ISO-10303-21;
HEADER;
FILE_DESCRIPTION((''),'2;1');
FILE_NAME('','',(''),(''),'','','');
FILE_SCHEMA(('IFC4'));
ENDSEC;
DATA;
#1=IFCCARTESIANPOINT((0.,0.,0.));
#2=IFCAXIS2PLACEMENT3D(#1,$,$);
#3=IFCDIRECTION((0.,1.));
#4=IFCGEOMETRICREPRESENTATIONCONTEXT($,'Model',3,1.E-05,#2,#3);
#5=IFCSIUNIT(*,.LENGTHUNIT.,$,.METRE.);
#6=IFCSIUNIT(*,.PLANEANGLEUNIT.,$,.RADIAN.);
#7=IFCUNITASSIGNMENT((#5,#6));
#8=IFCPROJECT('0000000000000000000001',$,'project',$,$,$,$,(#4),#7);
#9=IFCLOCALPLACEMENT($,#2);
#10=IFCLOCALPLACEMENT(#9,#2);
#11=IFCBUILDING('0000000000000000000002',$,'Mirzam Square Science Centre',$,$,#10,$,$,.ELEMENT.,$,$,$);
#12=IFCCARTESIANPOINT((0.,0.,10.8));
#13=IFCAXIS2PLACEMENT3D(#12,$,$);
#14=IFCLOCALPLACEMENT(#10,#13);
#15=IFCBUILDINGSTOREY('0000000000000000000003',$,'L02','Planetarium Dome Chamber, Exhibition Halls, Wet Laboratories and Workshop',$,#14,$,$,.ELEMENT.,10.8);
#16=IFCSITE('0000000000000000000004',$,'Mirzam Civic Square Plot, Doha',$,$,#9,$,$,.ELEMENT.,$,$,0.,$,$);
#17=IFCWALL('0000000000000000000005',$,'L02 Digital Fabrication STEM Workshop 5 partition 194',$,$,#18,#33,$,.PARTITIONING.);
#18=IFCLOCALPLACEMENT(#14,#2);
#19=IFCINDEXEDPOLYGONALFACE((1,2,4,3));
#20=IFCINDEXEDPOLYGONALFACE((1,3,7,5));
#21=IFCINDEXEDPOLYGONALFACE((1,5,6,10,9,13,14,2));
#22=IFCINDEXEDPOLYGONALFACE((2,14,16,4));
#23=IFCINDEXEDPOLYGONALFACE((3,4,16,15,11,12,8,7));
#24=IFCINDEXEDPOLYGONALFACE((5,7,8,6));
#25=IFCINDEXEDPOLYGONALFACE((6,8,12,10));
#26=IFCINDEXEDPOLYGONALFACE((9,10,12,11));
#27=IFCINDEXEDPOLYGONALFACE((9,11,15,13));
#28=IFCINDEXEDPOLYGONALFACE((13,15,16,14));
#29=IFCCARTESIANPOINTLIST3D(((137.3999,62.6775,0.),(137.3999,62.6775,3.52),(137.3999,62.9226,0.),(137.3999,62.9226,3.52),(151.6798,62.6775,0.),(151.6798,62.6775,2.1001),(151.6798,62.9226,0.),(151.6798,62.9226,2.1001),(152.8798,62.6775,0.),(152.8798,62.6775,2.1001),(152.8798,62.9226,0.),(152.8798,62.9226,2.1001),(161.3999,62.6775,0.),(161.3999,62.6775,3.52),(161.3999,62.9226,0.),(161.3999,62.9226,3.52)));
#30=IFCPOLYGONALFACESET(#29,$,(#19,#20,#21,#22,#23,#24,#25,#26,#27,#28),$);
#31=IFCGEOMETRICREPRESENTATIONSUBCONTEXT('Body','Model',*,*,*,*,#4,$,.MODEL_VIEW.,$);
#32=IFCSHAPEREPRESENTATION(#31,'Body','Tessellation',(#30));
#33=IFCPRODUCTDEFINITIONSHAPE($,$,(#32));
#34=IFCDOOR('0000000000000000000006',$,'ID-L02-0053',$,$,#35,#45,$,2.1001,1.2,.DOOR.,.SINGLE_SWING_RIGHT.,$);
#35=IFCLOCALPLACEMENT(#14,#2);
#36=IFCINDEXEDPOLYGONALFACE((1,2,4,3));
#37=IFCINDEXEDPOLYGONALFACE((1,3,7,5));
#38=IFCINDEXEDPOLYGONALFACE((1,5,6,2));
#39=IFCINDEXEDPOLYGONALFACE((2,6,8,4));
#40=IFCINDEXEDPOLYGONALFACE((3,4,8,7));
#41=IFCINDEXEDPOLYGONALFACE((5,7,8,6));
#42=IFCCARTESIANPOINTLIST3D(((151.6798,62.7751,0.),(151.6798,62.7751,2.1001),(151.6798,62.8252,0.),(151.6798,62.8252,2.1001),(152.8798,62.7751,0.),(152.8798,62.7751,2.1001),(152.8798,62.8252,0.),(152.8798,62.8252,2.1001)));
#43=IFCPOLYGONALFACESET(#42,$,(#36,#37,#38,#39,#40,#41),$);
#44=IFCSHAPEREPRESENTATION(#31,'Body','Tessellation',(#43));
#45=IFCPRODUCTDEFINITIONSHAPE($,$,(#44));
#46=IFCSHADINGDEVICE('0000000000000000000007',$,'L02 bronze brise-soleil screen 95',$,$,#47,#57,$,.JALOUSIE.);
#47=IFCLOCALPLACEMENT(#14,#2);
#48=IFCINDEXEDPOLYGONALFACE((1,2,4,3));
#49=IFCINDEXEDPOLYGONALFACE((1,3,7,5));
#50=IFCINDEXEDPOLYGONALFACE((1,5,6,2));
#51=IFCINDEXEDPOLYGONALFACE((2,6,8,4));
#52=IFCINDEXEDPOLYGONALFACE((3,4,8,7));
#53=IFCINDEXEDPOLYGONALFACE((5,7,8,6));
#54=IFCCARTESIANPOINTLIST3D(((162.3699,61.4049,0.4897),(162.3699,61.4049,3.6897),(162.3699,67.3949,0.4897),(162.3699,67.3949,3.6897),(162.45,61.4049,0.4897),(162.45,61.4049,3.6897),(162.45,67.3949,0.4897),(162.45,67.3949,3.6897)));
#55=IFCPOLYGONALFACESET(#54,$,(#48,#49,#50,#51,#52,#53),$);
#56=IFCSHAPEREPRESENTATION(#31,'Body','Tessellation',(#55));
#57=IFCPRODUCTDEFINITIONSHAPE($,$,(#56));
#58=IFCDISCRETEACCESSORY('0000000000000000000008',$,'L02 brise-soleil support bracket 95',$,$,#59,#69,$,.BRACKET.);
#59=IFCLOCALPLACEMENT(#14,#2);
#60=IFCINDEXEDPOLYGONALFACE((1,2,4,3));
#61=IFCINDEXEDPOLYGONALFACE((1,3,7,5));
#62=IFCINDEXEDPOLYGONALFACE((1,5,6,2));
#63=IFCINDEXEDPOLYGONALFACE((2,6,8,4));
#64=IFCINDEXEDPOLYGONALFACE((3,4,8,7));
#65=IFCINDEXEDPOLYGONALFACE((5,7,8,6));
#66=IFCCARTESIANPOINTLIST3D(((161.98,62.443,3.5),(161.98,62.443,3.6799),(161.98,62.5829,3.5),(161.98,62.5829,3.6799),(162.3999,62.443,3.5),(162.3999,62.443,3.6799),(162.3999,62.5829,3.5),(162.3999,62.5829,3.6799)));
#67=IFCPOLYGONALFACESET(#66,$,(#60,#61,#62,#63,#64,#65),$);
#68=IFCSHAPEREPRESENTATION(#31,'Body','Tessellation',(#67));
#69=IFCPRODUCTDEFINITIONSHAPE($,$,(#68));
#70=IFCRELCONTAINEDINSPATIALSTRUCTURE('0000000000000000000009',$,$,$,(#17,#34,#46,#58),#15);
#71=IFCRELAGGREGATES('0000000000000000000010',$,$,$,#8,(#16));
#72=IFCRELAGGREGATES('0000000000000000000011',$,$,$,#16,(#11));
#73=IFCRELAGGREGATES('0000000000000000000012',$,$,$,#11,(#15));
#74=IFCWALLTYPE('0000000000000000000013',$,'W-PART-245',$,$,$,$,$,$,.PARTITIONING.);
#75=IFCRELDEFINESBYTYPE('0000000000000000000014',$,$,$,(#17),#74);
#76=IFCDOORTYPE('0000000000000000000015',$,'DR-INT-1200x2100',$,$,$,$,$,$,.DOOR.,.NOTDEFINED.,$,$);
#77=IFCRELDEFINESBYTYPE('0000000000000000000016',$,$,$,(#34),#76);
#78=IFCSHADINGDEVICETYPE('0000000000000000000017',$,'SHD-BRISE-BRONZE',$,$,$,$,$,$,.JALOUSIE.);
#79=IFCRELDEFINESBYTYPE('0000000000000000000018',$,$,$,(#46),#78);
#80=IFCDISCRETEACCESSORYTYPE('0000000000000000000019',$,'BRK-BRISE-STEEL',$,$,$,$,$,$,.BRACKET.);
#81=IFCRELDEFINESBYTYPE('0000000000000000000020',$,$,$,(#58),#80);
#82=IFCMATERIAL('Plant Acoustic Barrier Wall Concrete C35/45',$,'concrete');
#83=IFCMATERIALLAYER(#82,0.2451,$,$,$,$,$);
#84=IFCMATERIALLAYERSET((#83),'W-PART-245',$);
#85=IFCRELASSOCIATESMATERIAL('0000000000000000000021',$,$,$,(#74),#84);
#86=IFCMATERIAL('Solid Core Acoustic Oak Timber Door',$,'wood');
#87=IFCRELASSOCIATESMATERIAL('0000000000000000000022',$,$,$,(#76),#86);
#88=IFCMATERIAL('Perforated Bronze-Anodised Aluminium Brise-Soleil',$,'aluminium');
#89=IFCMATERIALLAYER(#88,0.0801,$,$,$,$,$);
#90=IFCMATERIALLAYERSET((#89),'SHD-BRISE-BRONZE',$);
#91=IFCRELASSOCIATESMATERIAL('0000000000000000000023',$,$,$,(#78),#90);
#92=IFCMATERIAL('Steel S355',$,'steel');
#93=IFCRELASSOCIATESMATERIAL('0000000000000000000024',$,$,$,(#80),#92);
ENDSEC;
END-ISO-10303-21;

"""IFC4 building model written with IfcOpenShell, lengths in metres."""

from ifc_helpers import new_model, si_unit, direction, frame, frame_2d, origin, origin_2d, place, context, subcontext, project, spatial, rectangle, extrude, material, layer, layer_set, type_object, element, fill, save


model = new_model("IFC4")

# Units and contexts
model_context = context("Model", 3, precision=1e-05, world=origin(), true_north=direction((0.0, 1.0)))
body_context = subcontext(model_context, "Body", "Model", "MODEL_VIEW")
ifc_project = project(units=[si_unit("LENGTHUNIT", "METRE"), si_unit("PLANEANGLEUNIT", "RADIAN")], contexts=[model_context])

# Site, building, storey
site_placement = place(None, origin())
site = spatial("IfcSite", under=ifc_project, at=site_placement, Name="Mirzam Civic Square Plot, Doha", CompositionType="ELEMENT", RefElevation=0.0)
building_placement = place(site_placement, origin())
building = spatial("IfcBuilding", under=site, at=building_placement, Name="Mirzam Square Science Centre", CompositionType="ELEMENT")
storey_placement = place(building_placement, frame((0.0, 0.0, 10.8)))
storey = spatial("IfcBuildingStorey", under=building, at=storey_placement, Name="L02", Description="Planetarium Dome Chamber, Exhibition Halls, Wet Laboratories and Workshop", CompositionType="ELEMENT", Elevation=10.8)

# Shared definitions
ifc_material_1 = material(Name="Steel S355", Category="steel")

# Wall, opening, door
ifc_material_2 = material(Name="Plant Acoustic Barrier Wall Concrete C35/45", Category="concrete")
ifc_layer_1 = layer(ifc_material_2, 0.2451)
ifc_layer_set_1 = layer_set([ifc_layer_1], Name="W-PART-245")
wall_type = type_object("IfcWallType", Name="W-PART-245", PredefinedType="PARTITIONING", material=ifc_layer_set_1)
wall_placement = place(storey_placement, frame((161.3999, 62.8, 0.0), z_axis=(0.0, 0.0, 1.0), x_axis=(-1.0, 0.0, 0.0)))
wall = element("IfcWall", 1, at=wall_placement, inside=storey, type_object=wall_type, Name="L02 Digital Fabrication STEM Workshop 5 partition 194", PredefinedType="PARTITIONING", context=body_context, shape_type="SweptSolid", body=[
    extrude(rectangle(XDim=24.0, YDim=0.2451, at=frame_2d((12.0, 0.0))), origin(), (0.0, 0.0, 1.0), 3.52),
])
opening_placement = place(wall_placement, frame((8.52, 0.0, 0.0)))
opening = element("IfcOpeningElement", 2, at=opening_placement, cuts=wall, PredefinedType="OPENING", context=body_context, shape_type="SweptSolid", body=[
    extrude(rectangle(XDim=1.2, YDim=2.1001, at=frame_2d((0.6001, 1.05))), frame((0.0, 0.1326, 0.0), z_axis=(0.0, -1.0, 0.0), x_axis=(1.0, 0.0, 0.0)), (0.0, 0.0, 1.0), 0.2651),
])
ifc_material_3 = material(Name="Solid Core Acoustic Oak Timber Door", Category="wood")
door_type = type_object("IfcDoorType", Name="DR-INT-1200x2100", OperationType="NOTDEFINED", PredefinedType="DOOR", material=ifc_material_3)
door_placement = place(opening_placement, origin())
door = element("IfcDoor", 3, at=door_placement, inside=storey, type_object=door_type, Name="ID-L02-0053", OperationType="SINGLE_SWING_RIGHT", OverallHeight=2.1001, OverallWidth=1.2, PredefinedType="DOOR", context=body_context, shape_type="SweptSolid", body=[
    extrude(rectangle(XDim=1.2, YDim=2.1001, at=frame_2d((0.6001, 1.05))), frame((0.0, 0.0249, 0.0), z_axis=(0.0, -1.0, 0.0), x_axis=(1.0, 0.0, 0.0)), (0.0, 0.0, 1.0), 0.05),
])
fill(opening, door)

# Shading device
ifc_material_4 = material(Name="Perforated Bronze-Anodised Aluminium Brise-Soleil", Category="aluminium")
ifc_layer_2 = layer(ifc_material_4, 0.0801)
ifc_layer_set_2 = layer_set([ifc_layer_2], Name="SHD-BRISE-BRONZE")
shading_device_type = type_object("IfcShadingDeviceType", Name="SHD-BRISE-BRONZE", PredefinedType="JALOUSIE", material=ifc_layer_set_2)
shading_device_placement = place(storey_placement, frame((162.4099, 64.3999, 0.4897), z_axis=(0.0, 0.0, 1.0), x_axis=(0.0, 1.0, 0.0)))
element("IfcShadingDevice", 4, at=shading_device_placement, inside=storey, type_object=shading_device_type, Name="L02 bronze brise-soleil screen 95", PredefinedType="JALOUSIE", context=body_context, shape_type="SweptSolid", body=[
    extrude(rectangle(XDim=5.99, YDim=0.0801, at=origin_2d()), origin(), (0.0, 0.0, 1.0), 3.2),
])

# Discrete accessory
discrete_accessory_type = type_object("IfcDiscreteAccessoryType", Name="BRK-BRISE-STEEL", PredefinedType="BRACKET", material=ifc_material_1)
discrete_accessory_placement = place(storey_placement, frame((162.1899, 62.5129, 3.5), z_axis=(0.0, 0.0, 1.0), x_axis=(0.0, 1.0, 0.0)))
element("IfcDiscreteAccessory", 5, at=discrete_accessory_placement, inside=storey, type_object=discrete_accessory_type, Name="L02 brise-soleil support bracket 95", PredefinedType="BRACKET", context=body_context, shape_type="SweptSolid", body=[
    extrude(rectangle(XDim=0.1399, YDim=0.4199, at=origin_2d()), origin(), (0.0, 0.0, 1.0), 0.1799),
])

save(model, "model.ifc")
